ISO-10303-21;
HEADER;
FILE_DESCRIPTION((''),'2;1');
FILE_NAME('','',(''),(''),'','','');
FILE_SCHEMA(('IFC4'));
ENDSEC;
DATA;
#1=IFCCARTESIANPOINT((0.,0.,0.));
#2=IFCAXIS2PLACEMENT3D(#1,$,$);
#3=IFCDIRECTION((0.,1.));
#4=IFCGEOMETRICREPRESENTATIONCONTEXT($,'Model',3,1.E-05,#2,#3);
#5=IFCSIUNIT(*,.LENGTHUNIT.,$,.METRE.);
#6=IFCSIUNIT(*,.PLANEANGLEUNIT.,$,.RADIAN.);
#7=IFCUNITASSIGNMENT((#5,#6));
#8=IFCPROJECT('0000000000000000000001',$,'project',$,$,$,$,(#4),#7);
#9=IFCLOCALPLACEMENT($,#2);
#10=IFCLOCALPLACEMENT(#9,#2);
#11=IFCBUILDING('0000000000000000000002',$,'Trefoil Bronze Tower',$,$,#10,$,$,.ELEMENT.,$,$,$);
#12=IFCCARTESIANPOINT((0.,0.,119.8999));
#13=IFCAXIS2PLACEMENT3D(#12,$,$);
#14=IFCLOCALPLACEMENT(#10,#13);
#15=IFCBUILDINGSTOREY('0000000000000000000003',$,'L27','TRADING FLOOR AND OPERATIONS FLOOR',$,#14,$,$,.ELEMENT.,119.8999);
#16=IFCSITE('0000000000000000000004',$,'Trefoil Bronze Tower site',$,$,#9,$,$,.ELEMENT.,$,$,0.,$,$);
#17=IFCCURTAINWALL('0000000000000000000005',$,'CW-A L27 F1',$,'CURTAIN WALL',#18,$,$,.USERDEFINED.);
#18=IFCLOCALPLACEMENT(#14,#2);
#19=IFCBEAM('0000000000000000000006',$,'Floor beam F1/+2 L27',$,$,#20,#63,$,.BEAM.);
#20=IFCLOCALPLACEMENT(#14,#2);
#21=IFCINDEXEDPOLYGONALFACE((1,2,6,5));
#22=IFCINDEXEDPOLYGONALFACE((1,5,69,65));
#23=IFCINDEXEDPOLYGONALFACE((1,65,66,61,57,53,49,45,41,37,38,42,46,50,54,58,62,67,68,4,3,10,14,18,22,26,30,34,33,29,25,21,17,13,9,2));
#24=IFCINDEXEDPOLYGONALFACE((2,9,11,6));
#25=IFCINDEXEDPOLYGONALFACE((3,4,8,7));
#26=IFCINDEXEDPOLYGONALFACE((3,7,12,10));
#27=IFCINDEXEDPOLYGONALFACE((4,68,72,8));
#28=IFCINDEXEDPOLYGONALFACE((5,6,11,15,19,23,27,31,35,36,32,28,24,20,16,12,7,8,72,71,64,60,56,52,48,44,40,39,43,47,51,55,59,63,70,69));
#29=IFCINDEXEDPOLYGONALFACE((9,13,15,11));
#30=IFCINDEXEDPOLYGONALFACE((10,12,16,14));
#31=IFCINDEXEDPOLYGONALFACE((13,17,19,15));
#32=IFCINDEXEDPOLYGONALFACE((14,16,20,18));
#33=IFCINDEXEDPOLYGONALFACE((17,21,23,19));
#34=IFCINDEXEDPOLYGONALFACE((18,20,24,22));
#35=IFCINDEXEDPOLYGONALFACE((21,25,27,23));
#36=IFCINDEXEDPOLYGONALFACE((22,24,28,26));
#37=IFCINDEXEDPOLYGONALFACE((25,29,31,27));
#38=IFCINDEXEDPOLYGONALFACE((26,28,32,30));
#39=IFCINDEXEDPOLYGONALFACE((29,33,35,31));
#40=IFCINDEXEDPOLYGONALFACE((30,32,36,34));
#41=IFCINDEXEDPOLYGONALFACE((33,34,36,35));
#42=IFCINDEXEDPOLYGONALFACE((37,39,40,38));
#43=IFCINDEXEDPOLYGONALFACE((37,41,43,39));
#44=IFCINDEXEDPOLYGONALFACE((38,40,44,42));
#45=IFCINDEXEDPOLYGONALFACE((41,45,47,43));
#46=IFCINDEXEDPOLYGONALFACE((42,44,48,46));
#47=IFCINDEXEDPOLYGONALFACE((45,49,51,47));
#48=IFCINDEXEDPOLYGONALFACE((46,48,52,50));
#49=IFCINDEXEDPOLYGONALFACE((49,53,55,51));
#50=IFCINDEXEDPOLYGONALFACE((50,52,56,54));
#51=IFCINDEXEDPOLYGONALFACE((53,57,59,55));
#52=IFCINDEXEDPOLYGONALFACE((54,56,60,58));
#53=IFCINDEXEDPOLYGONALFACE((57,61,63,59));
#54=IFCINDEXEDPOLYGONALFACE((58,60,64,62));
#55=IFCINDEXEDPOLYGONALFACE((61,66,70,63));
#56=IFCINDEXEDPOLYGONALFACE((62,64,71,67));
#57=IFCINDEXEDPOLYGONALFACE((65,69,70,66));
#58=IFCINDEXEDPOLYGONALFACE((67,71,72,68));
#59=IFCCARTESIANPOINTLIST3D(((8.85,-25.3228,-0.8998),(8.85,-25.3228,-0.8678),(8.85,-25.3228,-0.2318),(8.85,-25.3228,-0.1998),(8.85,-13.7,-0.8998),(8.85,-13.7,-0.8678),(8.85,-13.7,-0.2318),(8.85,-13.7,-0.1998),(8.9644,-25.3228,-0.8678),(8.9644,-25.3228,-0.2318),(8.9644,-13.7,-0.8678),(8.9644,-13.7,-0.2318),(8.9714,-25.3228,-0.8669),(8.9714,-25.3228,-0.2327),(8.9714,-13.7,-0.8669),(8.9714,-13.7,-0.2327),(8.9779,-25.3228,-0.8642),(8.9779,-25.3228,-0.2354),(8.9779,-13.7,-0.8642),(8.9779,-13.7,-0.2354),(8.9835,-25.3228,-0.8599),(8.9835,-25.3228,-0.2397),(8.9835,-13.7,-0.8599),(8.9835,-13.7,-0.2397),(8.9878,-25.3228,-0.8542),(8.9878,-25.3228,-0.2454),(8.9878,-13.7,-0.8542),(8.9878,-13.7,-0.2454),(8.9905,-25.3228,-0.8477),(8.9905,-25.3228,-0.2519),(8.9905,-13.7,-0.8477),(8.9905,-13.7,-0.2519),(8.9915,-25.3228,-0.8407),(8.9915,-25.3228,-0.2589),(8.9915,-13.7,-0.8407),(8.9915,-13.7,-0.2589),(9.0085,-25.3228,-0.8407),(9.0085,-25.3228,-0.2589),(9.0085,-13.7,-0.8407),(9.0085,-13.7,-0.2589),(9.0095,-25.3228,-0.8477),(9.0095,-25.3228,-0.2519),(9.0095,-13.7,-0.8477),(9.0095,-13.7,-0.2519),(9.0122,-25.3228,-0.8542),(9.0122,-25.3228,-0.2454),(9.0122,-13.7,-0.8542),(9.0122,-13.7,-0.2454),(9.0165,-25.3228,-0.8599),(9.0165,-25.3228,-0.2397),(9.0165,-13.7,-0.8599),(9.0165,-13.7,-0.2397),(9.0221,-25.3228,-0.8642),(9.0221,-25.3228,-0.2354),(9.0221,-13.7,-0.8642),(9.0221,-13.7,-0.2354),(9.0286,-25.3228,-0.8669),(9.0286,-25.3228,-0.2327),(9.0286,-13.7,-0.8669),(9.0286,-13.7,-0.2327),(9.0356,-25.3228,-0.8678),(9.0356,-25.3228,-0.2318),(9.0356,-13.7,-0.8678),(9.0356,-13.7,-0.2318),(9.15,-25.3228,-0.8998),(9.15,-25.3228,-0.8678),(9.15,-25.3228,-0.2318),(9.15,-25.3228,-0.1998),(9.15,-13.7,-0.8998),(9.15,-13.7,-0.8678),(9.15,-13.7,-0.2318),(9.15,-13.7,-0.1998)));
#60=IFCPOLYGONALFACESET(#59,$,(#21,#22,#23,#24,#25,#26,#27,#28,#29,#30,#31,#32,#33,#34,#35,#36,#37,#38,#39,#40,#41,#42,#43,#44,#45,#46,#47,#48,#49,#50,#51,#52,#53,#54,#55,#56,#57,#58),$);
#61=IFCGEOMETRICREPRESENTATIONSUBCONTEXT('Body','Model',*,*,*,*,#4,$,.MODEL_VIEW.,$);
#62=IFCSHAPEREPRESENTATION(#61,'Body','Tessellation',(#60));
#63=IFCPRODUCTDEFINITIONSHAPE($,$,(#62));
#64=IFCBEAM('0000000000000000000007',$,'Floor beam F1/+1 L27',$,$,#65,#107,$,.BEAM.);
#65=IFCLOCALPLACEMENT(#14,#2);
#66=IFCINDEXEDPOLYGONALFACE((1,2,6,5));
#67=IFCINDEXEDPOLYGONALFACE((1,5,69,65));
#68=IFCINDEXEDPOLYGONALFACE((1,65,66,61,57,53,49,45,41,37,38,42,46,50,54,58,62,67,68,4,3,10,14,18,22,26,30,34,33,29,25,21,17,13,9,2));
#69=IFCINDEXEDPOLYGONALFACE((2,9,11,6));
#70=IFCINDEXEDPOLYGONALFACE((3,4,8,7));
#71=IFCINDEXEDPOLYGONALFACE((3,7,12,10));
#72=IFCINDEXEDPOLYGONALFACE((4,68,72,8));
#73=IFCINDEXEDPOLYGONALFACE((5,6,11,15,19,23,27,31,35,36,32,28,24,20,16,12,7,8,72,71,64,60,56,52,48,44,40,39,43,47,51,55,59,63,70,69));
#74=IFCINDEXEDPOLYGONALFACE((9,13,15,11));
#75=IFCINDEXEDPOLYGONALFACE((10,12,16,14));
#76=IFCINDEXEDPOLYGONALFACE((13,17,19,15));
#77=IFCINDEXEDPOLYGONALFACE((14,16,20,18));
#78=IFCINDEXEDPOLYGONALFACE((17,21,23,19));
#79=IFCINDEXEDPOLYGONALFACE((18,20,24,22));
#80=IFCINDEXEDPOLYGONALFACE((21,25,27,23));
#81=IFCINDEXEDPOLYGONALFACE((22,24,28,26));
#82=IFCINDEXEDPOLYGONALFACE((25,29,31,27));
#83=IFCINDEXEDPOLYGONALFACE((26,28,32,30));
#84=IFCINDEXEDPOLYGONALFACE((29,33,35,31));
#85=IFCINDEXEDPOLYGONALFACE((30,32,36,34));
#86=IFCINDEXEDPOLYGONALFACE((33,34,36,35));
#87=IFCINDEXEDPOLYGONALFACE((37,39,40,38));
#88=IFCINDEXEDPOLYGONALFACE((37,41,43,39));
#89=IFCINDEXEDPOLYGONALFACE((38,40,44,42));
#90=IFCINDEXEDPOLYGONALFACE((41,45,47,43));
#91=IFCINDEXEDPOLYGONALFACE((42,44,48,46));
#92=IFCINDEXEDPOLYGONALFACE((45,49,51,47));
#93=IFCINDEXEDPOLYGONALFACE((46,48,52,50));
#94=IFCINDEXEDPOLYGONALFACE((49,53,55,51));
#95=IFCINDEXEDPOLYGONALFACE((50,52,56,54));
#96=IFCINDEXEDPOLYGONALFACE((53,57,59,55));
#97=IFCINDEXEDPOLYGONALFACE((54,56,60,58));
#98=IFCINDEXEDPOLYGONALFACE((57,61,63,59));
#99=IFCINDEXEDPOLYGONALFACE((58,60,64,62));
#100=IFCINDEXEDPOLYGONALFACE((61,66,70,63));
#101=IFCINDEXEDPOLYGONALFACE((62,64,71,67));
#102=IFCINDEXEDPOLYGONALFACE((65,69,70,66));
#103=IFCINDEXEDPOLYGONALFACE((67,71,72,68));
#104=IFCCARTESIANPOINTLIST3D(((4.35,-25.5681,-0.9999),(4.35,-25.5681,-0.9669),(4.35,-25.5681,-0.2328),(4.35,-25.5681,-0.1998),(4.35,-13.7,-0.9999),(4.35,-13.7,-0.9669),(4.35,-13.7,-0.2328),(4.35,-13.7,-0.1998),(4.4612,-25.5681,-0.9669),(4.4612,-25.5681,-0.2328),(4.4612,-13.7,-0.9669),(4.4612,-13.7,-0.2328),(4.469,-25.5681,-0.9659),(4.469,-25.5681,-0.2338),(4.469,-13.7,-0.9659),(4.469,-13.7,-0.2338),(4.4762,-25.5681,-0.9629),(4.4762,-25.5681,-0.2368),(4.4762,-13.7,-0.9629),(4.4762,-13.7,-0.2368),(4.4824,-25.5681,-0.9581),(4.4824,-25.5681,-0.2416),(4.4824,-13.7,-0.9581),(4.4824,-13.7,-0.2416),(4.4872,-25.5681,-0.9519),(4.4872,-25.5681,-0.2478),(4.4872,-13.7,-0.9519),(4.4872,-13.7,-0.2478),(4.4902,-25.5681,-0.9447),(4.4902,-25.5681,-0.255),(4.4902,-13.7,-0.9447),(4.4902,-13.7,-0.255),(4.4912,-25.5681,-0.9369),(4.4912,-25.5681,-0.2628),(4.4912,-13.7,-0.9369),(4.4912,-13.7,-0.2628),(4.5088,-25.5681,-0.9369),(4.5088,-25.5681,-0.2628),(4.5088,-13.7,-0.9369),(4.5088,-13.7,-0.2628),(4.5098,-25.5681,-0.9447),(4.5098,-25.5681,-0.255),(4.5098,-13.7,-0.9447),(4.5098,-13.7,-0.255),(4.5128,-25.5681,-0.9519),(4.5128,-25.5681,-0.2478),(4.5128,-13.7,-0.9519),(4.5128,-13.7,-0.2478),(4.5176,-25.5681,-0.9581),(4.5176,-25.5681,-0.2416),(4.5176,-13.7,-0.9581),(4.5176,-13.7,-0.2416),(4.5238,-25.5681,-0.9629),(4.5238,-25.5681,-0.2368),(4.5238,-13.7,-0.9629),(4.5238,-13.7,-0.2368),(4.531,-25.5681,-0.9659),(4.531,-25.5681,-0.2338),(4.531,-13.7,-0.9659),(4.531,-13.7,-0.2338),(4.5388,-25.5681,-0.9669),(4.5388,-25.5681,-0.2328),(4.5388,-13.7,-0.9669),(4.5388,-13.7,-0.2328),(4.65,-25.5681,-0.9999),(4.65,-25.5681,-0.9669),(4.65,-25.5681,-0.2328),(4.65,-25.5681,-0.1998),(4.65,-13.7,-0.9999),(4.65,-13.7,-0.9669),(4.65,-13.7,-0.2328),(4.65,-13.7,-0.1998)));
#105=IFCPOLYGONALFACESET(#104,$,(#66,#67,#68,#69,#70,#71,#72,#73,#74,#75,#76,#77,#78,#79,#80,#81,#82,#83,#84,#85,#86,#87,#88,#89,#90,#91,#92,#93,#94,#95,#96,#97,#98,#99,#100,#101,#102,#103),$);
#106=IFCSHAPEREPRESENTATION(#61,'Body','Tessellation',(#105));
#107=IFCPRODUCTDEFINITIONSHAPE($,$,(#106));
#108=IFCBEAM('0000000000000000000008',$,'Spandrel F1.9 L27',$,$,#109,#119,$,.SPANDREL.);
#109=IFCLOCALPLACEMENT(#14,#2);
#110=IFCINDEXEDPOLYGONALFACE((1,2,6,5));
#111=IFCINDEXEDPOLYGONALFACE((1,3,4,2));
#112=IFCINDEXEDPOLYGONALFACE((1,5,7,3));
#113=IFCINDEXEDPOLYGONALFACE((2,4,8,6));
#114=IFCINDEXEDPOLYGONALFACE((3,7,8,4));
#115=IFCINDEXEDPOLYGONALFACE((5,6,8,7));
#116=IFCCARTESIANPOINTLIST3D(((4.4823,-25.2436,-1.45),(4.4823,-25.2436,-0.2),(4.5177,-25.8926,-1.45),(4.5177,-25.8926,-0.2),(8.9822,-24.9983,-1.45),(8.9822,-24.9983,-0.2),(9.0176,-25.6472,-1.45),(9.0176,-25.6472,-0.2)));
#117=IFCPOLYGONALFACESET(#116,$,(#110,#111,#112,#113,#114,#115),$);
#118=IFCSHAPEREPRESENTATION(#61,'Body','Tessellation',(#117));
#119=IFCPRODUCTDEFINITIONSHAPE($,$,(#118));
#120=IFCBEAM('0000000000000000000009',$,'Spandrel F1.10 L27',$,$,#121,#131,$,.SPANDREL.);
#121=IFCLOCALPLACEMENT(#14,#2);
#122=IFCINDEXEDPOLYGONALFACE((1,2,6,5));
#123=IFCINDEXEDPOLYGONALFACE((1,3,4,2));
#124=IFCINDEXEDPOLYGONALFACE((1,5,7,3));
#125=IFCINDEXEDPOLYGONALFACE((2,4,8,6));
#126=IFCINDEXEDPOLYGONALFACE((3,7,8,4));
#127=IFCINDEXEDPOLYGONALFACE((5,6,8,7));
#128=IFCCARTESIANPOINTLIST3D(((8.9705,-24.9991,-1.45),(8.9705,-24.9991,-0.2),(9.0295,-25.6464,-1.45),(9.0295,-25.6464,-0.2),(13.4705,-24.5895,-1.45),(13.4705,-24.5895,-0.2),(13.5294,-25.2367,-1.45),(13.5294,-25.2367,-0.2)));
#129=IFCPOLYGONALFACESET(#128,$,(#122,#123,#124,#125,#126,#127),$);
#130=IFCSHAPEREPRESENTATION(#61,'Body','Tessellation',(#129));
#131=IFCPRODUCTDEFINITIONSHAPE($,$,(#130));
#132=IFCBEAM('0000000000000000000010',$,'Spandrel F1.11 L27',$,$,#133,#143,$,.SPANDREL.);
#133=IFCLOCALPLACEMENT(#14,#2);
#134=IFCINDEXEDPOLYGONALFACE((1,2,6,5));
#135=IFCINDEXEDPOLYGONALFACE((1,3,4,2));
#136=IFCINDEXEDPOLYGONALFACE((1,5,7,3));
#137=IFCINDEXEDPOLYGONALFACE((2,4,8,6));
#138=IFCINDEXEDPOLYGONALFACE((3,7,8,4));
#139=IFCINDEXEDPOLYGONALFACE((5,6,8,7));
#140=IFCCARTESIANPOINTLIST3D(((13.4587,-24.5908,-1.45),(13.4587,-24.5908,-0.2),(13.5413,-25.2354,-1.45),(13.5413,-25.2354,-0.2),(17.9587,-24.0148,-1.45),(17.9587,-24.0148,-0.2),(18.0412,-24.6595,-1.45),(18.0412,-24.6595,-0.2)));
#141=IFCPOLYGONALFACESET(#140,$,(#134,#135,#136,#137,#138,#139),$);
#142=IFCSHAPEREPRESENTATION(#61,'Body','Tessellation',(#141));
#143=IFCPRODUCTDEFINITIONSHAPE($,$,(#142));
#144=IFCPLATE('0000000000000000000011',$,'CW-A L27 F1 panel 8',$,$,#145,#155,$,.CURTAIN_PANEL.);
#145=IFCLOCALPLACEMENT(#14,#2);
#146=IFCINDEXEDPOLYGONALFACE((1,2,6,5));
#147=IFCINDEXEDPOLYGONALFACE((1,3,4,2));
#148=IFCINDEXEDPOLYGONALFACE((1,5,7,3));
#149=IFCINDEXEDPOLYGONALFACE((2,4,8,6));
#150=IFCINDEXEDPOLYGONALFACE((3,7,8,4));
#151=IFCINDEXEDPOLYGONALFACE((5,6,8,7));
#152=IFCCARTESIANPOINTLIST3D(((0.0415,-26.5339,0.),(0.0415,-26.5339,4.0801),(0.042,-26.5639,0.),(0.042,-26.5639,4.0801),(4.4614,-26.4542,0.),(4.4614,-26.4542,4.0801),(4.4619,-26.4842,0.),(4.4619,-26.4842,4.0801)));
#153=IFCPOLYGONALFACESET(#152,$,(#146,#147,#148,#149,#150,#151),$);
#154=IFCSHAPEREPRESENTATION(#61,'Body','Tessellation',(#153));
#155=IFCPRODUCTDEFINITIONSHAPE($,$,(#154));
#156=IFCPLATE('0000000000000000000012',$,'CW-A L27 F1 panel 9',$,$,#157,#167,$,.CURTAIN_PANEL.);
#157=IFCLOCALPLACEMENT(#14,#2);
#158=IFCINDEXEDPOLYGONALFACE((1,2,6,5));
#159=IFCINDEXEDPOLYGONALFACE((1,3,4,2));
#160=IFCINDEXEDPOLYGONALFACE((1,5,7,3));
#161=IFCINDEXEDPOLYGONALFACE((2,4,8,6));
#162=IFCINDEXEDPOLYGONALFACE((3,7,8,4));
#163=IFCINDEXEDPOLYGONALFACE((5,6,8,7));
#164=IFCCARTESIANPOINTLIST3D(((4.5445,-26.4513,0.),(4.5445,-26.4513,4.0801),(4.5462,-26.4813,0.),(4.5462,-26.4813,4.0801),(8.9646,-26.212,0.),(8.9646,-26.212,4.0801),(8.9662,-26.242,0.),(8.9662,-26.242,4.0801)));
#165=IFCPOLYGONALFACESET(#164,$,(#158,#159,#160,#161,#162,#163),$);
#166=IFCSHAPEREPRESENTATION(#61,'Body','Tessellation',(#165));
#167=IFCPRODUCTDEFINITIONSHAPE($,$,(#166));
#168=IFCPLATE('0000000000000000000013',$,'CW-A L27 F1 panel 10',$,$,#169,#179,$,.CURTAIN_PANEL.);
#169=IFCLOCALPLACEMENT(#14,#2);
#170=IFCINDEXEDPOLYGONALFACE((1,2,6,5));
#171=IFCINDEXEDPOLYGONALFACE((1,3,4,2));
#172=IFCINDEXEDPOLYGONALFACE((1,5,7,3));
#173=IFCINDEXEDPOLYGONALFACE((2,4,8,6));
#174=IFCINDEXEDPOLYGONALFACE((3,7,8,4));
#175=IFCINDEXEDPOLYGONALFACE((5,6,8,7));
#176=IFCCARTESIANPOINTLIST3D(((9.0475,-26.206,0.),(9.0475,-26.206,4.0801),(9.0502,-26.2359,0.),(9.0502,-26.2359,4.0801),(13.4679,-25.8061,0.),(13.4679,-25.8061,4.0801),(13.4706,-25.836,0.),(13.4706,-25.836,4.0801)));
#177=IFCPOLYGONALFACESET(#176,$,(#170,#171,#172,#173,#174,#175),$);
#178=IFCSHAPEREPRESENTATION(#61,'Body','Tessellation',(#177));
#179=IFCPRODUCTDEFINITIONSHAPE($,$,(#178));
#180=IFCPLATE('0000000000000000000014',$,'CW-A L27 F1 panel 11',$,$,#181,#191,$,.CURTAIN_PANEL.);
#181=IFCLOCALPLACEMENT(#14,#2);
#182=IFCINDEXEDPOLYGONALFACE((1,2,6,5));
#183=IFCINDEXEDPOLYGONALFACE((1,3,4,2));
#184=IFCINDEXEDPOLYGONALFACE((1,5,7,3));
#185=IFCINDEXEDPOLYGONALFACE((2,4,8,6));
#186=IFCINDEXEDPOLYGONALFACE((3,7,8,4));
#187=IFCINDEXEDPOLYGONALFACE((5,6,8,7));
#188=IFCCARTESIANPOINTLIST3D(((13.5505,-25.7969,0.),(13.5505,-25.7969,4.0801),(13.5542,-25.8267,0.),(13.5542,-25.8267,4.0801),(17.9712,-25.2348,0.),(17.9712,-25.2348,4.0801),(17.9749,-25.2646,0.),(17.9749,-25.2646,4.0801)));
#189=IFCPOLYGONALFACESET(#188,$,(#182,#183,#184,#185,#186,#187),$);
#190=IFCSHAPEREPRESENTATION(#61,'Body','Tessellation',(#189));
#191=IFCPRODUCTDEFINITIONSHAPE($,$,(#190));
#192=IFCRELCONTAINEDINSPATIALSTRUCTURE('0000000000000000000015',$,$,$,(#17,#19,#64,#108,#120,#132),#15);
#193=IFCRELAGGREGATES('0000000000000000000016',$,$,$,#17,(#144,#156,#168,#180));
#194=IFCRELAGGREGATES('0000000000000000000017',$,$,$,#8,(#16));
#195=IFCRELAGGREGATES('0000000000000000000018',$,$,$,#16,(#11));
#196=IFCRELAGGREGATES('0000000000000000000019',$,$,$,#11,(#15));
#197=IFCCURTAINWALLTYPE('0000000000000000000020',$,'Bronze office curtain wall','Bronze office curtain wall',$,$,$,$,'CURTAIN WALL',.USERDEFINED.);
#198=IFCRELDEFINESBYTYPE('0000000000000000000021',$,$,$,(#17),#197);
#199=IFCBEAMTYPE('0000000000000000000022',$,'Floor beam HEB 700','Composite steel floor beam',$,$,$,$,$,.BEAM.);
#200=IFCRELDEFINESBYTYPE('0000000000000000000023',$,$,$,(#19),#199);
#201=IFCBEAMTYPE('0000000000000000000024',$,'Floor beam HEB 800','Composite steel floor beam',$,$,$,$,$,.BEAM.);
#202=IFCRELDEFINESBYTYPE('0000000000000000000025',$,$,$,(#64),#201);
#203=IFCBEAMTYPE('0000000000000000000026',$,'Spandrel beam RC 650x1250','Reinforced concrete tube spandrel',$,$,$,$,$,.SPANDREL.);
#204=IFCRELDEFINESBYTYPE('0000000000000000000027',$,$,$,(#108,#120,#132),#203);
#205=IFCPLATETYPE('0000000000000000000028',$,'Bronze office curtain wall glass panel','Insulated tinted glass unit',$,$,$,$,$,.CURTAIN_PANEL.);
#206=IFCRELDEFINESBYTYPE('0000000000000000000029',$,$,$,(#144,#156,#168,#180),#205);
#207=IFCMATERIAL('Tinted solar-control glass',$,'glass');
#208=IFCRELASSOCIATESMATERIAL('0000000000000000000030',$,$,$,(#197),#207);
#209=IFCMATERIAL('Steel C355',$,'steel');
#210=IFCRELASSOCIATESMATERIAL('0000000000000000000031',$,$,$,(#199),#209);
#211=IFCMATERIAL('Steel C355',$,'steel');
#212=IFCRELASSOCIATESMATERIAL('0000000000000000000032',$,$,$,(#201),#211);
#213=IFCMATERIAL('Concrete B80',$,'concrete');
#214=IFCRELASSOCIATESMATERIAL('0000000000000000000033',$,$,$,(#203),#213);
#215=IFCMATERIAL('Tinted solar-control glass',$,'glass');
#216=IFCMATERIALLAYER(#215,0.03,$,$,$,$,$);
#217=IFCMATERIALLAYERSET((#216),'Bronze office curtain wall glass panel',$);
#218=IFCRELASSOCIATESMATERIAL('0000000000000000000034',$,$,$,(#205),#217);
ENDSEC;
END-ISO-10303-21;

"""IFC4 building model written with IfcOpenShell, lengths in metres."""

from ifc_helpers import new_model, si_unit, direction, frame, origin, origin_2d, place, context, subcontext, project, spatial, rectangle, i_section, extrude, material, layer, layer_set, material_profile, profile_set, type_object, element, aggregate, save


model = new_model("IFC4")

# Units and contexts
model_context = context("Model", 3, precision=1e-05, world=origin(), true_north=direction((0.0, 1.0)))
body_context = subcontext(model_context, "Body", "Model", "MODEL_VIEW")
ifc_project = project(units=[si_unit("LENGTHUNIT", "METRE"), si_unit("PLANEANGLEUNIT", "RADIAN")], contexts=[model_context])

# Site, building, storey
site_placement = place(None, origin())
site = spatial("IfcSite", under=ifc_project, at=site_placement, Name="Trefoil Bronze Tower site", CompositionType="ELEMENT", RefElevation=0.0)
building_placement = place(site_placement, origin())
building = spatial("IfcBuilding", under=site, at=building_placement, Name="Trefoil Bronze Tower", CompositionType="ELEMENT")
storey_placement = place(building_placement, frame((0.0, 0.0, 119.8999)))
storey = spatial("IfcBuildingStorey", under=building, at=storey_placement, Name="L27", Description="TRADING FLOOR AND OPERATIONS FLOOR", CompositionType="ELEMENT", Elevation=119.8999)

# Curtain wall
ifc_material_1 = material(Name="Tinted solar-control glass", Category="glass")
curtain_wall_type = type_object("IfcCurtainWallType", Name="Bronze office curtain wall", Description="Bronze office curtain wall", ElementType="CURTAIN WALL", PredefinedType="USERDEFINED", material=ifc_material_1)
curtain_wall_placement = place(storey_placement, origin())
curtain_wall = element("IfcCurtainWall", 1, at=curtain_wall_placement, inside=storey, type_object=curtain_wall_type, Name="CW-A L27 F1", ObjectType="CURTAIN WALL", PredefinedType="USERDEFINED")

# Beams
ifc_material_2 = material(Name="Steel C355", Category="steel")
ifc_material_profile_1 = material_profile(ifc_material_2, i_section(OverallWidth=0.3, OverallDepth=0.7, WebThickness=0.0171, FlangeThickness=0.032, FilletRadius=0.0271, at=origin_2d()), Name="HEB 700")
ifc_profile_set_1 = profile_set([ifc_material_profile_1], Name="Steel C355")
beam_type_1 = type_object("IfcBeamType", Name="Floor beam HEB 700", Description="Composite steel floor beam", PredefinedType="BEAM", material=ifc_profile_set_1)
beam_1_placement = place(storey_placement, frame((9.0, -25.3228, -0.5498), z_axis=(0.0, 1.0, 0.0), x_axis=(-1.0, 0.0, 0.0)))
element("IfcBeam", 2, at=beam_1_placement, inside=storey, type_object=beam_type_1, Name="Floor beam F1/+2 L27", PredefinedType="BEAM", context=body_context, shape_type="SweptSolid", body=[
    extrude(i_section(OverallWidth=0.3, OverallDepth=0.7, WebThickness=0.0171, FlangeThickness=0.032, FilletRadius=0.0271, at=origin_2d()), origin(), (0.0, 0.0, 1.0), 11.6228),
])
ifc_material_3 = material(Name="Steel C355", Category="steel")
ifc_material_profile_2 = material_profile(ifc_material_3, i_section(OverallWidth=0.3, OverallDepth=0.8, WebThickness=0.0176, FlangeThickness=0.033, FilletRadius=0.03, at=origin_2d()), Name="HEB 800")
ifc_profile_set_2 = profile_set([ifc_material_profile_2], Name="Steel C355")
beam_type_2 = type_object("IfcBeamType", Name="Floor beam HEB 800", Description="Composite steel floor beam", PredefinedType="BEAM", material=ifc_profile_set_2)
beam_2_placement = place(storey_placement, frame((4.5, -25.5681, -0.5999), z_axis=(0.0, 1.0, 0.0), x_axis=(-1.0, 0.0, 0.0)))
element("IfcBeam", 3, at=beam_2_placement, inside=storey, type_object=beam_type_2, Name="Floor beam F1/+1 L27", PredefinedType="BEAM", context=body_context, shape_type="SweptSolid", body=[
    extrude(i_section(OverallWidth=0.3, OverallDepth=0.8, WebThickness=0.0176, FlangeThickness=0.033, FilletRadius=0.03, at=origin_2d()), origin(), (0.0, 0.0, 1.0), 11.8682),
])
ifc_material_4 = material(Name="Concrete B80", Category="concrete")
ifc_material_profile_3 = material_profile(ifc_material_4, rectangle(XDim=0.6499, YDim=1.25, at=origin_2d()), Name="RC 650x1250")
ifc_profile_set_3 = profile_set([ifc_material_profile_3], Name="Concrete B80")
beam_type_3 = type_object("IfcBeamType", Name="Spandrel beam RC 650x1250", Description="Reinforced concrete tube spandrel", PredefinedType="SPANDREL", material=ifc_profile_set_3)
beam_3_placement = place(storey_placement, frame((4.5, -25.5681, -0.825), z_axis=(0.998517, 0.054444, 0.0), x_axis=(-0.054444, 0.998517, 0.0)))
element("IfcBeam", 4, at=beam_3_placement, inside=storey, type_object=beam_type_3, Name="Spandrel F1.9 L27", PredefinedType="SPANDREL", context=body_context, shape_type="SweptSolid", body=[
    extrude(rectangle(XDim=0.6499, YDim=1.25, at=origin_2d()), origin(), (0.0, 0.0, 1.0), 4.5066),
])
beam_4_placement = place(storey_placement, frame((9.0, -25.3228, -0.825), z_axis=(0.995882, 0.090662, 0.0), x_axis=(-0.090662, 0.995882, 0.0)))
element("IfcBeam", 5, at=beam_4_placement, inside=storey, type_object=beam_type_3, Name="Spandrel F1.10 L27", PredefinedType="SPANDREL", context=body_context, shape_type="SweptSolid", body=[
    extrude(rectangle(XDim=0.6499, YDim=1.25, at=origin_2d()), origin(), (0.0, 0.0, 1.0), 4.5186),
])
beam_5_placement = place(storey_placement, frame((13.5, -24.9131, -0.825), z_axis=(0.991909, 0.126948, 0.0), x_axis=(-0.126948, 0.991909, 0.0)))
element("IfcBeam", 6, at=beam_5_placement, inside=storey, type_object=beam_type_3, Name="Spandrel F1.11 L27", PredefinedType="SPANDREL", context=body_context, shape_type="SweptSolid", body=[
    extrude(rectangle(XDim=0.6499, YDim=1.25, at=origin_2d()), origin(), (0.0, 0.0, 1.0), 4.5366),
])

# Plates
ifc_material_5 = material(Name="Tinted solar-control glass", Category="glass")
ifc_layer_1 = layer(ifc_material_5, 0.03)
ifc_layer_set_1 = layer_set([ifc_layer_1], Name="Bronze office curtain wall glass panel")
plate_type = type_object("IfcPlateType", Name="Bronze office curtain wall glass panel", Description="Insulated tinted glass unit", PredefinedType="CURTAIN_PANEL", material=ifc_layer_set_1)
plate_1_placement = place(storey_placement, frame((2.2517, -26.509, 0.0), z_axis=(0.0, 0.0, 1.0), x_axis=(0.999838, 0.018021, 0.0)))
plate_1 = element("IfcPlate", 7, at=plate_1_placement, type_object=plate_type, Name="CW-A L27 F1 panel 8", PredefinedType="CURTAIN_PANEL", context=body_context, shape_type="SweptSolid", body=[
    extrude(rectangle(XDim=4.4207, YDim=0.03, at=origin_2d()), origin(), (0.0, 0.0, 1.0), 4.0801),
])
plate_2_placement = place(storey_placement, frame((6.7554, -26.3467, 0.0), z_axis=(0.0, 0.0, 1.0), x_axis=(0.998538, 0.054063, 0.0)))
plate_2 = element("IfcPlate", 8, at=plate_2_placement, type_object=plate_type, Name="CW-A L27 F1 panel 9", PredefinedType="CURTAIN_PANEL", context=body_context, shape_type="SweptSolid", body=[
    extrude(rectangle(XDim=4.4265, YDim=0.03, at=origin_2d()), origin(), (0.0, 0.0, 1.0), 4.0801),
])
plate_3_placement = place(storey_placement, frame((11.259, -26.021, 0.0), z_axis=(0.0, 0.0, 1.0), x_axis=(0.995932, 0.090105, 0.0)))
plate_3 = element("IfcPlate", 9, at=plate_3_placement, type_object=plate_type, Name="CW-A L27 F1 panel 10", PredefinedType="CURTAIN_PANEL", context=body_context, shape_type="SweptSolid", body=[
    extrude(rectangle(XDim=4.4385, YDim=0.03, at=origin_2d()), origin(), (0.0, 0.0, 1.0), 4.0801),
])
plate_4_placement = place(storey_placement, frame((15.7627, -25.5308, 0.0), z_axis=(0.0, 0.0, 1.0), x_axis=(0.992012, 0.126147, 0.0)))
plate_4 = element("IfcPlate", 10, at=plate_4_placement, type_object=plate_type, Name="CW-A L27 F1 panel 11", PredefinedType="CURTAIN_PANEL", context=body_context, shape_type="SweptSolid", body=[
    extrude(rectangle(XDim=4.4563, YDim=0.03, at=origin_2d()), origin(), (0.0, 0.0, 1.0), 4.0801),
])
aggregate(curtain_wall, [plate_1, plate_2, plate_3, plate_4])

save(model, "model.ifc")
